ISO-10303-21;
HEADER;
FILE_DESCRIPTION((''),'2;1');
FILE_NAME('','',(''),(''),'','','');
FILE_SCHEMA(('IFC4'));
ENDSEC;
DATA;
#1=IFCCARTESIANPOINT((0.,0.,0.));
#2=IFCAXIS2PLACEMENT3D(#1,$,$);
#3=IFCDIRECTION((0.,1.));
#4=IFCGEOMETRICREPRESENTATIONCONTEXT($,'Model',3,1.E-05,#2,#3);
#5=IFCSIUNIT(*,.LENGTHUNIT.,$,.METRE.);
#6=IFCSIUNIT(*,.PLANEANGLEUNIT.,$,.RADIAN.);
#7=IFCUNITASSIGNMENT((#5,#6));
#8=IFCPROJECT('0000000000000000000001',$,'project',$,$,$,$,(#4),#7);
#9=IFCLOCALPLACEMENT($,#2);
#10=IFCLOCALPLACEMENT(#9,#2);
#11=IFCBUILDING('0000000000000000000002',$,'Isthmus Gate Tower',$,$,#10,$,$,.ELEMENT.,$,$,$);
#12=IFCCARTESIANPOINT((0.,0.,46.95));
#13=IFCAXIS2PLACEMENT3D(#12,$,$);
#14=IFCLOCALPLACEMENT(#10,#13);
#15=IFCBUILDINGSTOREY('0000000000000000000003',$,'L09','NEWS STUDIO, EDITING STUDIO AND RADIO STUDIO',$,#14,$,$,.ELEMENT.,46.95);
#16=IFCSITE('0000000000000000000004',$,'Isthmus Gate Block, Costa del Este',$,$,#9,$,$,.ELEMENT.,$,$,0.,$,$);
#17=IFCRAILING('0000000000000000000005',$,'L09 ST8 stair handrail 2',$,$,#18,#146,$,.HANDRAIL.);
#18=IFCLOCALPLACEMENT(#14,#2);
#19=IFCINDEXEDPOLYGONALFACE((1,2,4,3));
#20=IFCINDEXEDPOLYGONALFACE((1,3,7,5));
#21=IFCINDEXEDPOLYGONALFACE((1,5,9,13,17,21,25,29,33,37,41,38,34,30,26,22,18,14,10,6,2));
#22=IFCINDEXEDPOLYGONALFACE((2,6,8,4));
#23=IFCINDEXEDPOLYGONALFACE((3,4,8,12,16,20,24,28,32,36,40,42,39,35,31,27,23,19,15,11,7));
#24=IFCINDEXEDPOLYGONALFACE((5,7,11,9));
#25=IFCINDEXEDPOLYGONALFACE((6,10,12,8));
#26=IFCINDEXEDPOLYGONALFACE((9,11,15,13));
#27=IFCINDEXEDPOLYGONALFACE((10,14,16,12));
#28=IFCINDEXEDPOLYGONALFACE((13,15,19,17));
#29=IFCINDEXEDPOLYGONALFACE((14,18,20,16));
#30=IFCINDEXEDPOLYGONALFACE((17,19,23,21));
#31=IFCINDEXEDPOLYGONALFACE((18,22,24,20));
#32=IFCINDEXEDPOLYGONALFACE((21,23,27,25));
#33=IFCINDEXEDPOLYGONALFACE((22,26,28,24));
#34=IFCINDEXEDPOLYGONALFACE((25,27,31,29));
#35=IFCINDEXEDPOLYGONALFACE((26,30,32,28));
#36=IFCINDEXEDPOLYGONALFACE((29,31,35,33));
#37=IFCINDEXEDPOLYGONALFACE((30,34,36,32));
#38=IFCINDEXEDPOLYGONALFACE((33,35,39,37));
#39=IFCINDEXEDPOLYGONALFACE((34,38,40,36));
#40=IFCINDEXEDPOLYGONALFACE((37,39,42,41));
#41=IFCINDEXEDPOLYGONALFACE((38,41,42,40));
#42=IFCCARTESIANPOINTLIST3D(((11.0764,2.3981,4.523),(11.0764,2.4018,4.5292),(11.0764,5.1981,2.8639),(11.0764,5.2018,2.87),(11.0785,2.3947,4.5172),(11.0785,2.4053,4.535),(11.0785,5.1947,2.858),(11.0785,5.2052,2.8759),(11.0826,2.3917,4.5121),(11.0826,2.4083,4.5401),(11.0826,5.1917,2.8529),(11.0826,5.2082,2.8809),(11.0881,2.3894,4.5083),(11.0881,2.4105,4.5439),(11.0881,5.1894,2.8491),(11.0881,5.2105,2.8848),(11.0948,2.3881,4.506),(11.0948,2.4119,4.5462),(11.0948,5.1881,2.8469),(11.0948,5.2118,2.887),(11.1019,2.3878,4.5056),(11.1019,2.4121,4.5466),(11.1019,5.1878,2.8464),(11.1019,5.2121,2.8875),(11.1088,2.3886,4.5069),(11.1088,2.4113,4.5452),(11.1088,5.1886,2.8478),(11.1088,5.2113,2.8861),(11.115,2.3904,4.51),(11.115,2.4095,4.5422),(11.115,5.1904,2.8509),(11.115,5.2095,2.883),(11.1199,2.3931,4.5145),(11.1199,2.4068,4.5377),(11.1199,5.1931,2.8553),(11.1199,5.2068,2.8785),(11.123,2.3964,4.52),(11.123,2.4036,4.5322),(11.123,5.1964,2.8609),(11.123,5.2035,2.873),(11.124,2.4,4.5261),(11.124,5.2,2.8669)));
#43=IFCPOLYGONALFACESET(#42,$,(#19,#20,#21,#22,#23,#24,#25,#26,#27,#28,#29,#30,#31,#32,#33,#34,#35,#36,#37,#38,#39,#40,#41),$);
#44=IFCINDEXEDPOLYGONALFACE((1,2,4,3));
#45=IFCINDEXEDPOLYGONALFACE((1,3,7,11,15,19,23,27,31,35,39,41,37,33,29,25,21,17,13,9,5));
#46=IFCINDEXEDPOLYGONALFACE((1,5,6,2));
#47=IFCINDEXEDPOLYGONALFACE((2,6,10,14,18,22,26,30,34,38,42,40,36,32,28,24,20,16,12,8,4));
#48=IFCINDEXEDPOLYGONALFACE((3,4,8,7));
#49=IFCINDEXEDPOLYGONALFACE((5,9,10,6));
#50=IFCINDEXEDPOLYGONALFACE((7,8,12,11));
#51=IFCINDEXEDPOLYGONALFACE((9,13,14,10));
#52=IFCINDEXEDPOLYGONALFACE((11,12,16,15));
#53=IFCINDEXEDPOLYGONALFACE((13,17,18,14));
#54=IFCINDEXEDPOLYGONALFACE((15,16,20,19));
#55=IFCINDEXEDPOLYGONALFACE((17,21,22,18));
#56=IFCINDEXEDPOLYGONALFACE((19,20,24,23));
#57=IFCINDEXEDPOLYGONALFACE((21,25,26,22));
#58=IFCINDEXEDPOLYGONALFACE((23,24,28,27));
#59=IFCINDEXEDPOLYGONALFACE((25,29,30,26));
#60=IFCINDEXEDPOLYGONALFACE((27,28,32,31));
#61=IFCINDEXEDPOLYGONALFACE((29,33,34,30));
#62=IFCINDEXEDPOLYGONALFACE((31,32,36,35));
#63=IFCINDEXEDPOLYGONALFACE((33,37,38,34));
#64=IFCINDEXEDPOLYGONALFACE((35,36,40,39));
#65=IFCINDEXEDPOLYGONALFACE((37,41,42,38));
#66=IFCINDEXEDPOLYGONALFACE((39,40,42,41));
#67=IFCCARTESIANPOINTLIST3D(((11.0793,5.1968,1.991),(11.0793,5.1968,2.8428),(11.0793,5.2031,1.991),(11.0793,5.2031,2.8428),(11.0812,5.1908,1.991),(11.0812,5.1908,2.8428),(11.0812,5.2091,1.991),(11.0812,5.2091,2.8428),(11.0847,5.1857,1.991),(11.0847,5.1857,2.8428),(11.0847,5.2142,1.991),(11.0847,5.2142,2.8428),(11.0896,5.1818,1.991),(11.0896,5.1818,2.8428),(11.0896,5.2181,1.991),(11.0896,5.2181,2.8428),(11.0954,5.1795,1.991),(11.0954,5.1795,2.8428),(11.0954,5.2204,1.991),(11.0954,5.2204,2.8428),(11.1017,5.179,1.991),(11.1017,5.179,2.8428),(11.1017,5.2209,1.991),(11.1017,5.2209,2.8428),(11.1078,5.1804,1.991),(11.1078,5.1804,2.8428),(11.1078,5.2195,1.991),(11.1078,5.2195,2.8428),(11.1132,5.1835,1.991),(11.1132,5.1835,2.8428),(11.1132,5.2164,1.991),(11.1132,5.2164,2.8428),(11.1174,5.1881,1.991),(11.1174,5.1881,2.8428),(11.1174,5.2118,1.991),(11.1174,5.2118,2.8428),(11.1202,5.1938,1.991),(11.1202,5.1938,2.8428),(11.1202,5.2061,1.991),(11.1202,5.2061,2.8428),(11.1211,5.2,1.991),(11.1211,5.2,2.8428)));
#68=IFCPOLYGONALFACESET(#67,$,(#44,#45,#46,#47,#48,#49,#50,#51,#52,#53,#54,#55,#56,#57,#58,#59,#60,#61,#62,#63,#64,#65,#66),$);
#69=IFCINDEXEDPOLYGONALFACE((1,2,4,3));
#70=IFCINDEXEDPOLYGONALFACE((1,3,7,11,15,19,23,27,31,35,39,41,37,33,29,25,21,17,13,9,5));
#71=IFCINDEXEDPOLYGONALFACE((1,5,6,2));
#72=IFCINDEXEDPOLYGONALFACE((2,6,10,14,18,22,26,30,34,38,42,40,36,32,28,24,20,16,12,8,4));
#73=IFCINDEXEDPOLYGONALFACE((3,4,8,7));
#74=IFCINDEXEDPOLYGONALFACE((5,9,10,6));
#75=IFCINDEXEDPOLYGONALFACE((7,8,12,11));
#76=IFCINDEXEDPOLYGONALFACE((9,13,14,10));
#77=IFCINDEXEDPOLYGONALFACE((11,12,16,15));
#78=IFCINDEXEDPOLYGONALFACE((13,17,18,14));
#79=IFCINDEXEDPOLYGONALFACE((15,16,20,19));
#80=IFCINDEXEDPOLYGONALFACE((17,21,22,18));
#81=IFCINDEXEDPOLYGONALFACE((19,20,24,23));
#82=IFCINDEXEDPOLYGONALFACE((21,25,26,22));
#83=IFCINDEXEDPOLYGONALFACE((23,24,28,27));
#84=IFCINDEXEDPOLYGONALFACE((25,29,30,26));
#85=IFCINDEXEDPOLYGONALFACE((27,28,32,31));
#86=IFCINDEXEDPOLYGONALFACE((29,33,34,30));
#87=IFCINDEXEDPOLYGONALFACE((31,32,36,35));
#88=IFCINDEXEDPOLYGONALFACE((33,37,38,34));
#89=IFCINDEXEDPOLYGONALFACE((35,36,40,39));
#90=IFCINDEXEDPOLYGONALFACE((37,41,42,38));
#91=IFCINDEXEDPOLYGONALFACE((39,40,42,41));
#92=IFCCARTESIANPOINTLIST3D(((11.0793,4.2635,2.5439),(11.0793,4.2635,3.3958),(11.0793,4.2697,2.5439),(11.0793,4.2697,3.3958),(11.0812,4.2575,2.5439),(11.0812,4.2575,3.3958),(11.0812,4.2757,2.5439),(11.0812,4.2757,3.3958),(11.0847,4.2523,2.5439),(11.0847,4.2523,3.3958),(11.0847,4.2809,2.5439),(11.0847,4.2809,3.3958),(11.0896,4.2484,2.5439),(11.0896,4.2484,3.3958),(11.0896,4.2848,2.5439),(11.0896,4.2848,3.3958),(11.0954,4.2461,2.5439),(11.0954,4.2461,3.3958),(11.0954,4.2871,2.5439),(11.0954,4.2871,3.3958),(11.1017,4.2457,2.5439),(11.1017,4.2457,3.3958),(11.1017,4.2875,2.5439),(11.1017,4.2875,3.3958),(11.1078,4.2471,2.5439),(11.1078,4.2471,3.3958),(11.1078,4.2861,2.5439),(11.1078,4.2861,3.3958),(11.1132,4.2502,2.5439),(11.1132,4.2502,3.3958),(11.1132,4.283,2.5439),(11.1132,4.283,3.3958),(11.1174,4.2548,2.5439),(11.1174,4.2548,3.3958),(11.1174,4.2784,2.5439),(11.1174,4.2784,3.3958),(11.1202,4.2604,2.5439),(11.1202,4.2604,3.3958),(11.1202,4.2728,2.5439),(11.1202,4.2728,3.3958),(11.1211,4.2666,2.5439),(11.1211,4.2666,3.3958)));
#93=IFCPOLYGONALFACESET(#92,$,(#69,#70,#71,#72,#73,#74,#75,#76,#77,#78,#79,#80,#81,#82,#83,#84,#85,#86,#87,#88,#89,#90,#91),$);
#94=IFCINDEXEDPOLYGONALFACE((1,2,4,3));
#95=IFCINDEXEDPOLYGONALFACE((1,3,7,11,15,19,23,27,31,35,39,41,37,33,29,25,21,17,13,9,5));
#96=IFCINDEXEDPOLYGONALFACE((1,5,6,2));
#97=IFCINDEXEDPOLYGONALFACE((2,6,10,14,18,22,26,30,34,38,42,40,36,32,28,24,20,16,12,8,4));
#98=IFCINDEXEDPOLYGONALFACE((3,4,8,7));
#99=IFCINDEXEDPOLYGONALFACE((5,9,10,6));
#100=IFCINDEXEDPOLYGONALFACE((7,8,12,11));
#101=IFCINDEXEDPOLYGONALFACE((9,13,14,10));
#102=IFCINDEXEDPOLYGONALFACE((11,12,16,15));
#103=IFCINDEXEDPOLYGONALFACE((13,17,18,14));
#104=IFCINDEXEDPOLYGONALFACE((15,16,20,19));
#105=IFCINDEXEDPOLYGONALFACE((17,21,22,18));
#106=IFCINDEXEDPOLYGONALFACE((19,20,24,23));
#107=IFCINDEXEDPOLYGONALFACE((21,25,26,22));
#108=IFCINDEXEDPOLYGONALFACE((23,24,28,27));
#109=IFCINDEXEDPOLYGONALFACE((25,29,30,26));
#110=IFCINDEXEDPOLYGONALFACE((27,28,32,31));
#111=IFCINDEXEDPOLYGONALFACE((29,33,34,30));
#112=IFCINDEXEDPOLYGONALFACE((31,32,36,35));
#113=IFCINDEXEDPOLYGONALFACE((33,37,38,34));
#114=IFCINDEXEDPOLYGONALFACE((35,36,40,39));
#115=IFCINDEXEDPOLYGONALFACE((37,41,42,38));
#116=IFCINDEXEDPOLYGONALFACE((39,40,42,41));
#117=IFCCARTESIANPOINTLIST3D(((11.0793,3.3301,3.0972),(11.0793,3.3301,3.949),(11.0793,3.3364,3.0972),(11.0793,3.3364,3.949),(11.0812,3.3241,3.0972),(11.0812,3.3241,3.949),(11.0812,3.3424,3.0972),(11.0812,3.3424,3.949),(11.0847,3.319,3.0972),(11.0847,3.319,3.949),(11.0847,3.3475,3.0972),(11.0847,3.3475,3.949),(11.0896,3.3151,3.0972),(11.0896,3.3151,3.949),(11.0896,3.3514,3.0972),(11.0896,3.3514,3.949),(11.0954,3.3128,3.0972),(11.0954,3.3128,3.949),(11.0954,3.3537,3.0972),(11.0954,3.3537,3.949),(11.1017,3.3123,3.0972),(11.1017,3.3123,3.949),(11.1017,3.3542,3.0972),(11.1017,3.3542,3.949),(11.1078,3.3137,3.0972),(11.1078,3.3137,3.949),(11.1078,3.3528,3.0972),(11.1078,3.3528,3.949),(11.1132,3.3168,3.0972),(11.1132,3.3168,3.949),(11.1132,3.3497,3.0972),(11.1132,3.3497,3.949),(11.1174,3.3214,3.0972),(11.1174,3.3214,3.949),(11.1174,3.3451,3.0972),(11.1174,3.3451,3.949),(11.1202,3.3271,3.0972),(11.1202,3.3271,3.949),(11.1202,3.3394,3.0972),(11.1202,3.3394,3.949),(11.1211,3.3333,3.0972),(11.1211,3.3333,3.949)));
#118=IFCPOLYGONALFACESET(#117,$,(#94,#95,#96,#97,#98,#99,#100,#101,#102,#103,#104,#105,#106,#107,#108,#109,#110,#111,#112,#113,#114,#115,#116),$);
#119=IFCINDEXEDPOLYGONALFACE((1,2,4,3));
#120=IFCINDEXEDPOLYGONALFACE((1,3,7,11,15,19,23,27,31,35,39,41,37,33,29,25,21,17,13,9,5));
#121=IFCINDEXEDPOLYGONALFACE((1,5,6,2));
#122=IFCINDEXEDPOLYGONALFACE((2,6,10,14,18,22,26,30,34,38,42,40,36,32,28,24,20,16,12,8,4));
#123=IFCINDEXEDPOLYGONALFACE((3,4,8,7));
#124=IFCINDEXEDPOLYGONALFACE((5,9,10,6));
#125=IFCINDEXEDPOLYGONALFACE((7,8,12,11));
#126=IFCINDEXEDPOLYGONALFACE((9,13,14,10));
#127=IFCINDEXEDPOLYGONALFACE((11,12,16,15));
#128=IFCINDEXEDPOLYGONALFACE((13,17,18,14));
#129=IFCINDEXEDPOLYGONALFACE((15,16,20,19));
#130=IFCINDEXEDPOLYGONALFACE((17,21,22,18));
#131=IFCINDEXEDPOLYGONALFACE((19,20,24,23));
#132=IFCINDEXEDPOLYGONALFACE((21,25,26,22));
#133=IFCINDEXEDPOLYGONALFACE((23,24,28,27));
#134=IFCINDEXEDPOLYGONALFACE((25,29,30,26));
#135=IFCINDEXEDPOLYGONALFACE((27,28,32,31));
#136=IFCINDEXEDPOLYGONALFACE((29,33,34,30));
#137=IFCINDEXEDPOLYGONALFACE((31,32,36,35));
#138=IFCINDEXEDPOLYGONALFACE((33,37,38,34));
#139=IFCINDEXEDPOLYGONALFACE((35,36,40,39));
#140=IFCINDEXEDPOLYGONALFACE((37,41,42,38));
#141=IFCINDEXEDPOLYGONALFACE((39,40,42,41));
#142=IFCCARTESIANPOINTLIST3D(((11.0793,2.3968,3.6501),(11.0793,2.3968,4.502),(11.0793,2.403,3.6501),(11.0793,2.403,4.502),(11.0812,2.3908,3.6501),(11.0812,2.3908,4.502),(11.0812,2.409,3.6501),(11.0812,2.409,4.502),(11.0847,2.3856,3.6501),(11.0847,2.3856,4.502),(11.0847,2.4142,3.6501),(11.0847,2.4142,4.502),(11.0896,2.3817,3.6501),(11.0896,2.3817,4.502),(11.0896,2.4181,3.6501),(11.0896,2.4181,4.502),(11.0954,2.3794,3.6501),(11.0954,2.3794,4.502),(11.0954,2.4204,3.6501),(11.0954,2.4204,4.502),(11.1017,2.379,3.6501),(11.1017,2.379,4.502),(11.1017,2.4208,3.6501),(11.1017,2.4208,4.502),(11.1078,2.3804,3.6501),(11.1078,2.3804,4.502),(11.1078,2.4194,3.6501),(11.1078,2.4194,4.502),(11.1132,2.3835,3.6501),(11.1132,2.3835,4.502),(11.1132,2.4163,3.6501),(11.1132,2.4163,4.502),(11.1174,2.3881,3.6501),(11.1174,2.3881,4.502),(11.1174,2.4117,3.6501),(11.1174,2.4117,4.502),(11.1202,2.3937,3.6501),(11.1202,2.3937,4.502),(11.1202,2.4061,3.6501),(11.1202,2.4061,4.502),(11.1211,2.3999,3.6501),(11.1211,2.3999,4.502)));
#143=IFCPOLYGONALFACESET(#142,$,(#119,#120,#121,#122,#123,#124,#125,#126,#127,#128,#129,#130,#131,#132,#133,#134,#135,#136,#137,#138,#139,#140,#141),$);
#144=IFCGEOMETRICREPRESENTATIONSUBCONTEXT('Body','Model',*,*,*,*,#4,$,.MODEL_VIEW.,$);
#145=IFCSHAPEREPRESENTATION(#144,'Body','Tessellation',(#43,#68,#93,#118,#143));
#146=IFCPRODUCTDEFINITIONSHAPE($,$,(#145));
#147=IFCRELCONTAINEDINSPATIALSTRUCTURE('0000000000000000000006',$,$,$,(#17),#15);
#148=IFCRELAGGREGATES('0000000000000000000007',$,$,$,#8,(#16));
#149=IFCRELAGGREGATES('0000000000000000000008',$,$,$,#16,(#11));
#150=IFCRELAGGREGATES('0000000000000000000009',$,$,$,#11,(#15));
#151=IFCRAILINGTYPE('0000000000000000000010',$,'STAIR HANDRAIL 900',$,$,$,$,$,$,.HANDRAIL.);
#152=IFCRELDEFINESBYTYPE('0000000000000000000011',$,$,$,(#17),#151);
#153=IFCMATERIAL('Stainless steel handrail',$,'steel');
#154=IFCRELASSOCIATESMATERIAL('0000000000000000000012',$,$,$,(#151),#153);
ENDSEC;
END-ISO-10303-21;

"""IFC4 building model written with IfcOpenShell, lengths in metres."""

from ifc_helpers import new_model, si_unit, direction, frame, origin, origin_2d, place, context, subcontext, project, spatial, circle, extrude, material, type_object, element, save


model = new_model("IFC4")

# Units and contexts
model_context = context("Model", 3, precision=1e-05, world=origin(), true_north=direction((0.0, 1.0)))
body_context = subcontext(model_context, "Body", "Model", "MODEL_VIEW")
ifc_project = project(units=[si_unit("LENGTHUNIT", "METRE"), si_unit("PLANEANGLEUNIT", "RADIAN")], contexts=[model_context])

# Site, building, storey
site_placement = place(None, origin())
site = spatial("IfcSite", under=ifc_project, at=site_placement, Name="Isthmus Gate Block, Costa del Este", CompositionType="ELEMENT", RefElevation=0.0)
building_placement = place(site_placement, origin())
building = spatial("IfcBuilding", under=site, at=building_placement, Name="Isthmus Gate Tower", CompositionType="ELEMENT")
storey_placement = place(building_placement, frame((0.0, 0.0, 46.95)))
storey = spatial("IfcBuildingStorey", under=building, at=storey_placement, Name="L09", Description="NEWS STUDIO, EDITING STUDIO AND RADIO STUDIO", CompositionType="ELEMENT", Elevation=46.95)

# Railing
ifc_material_1 = material(Name="Stainless steel handrail", Category="steel")
railing_type_1 = type_object("IfcRailingType", Name="STAIR HANDRAIL 900", PredefinedType="HANDRAIL", material=ifc_material_1)
railing_1_placement = place(storey_placement, frame((11.1001, 5.2, 1.991)))
element("IfcRailing", 1, at=railing_1_placement, inside=storey, type_object=railing_type_1, Name="L09 ST8 stair handrail 2", PredefinedType="HANDRAIL", context=body_context, shape_type="SweptSolid", body=[
    extrude(circle(Radius=0.0239, at=origin_2d()), frame((0.0, 0.0, 0.876), z_axis=(0.0, -0.860306, 0.509778), x_axis=(1.0, 0.0, 0.0)), (0.0, 0.0, 1.0), 3.2546),
    extrude(circle(Radius=0.021, at=origin_2d()), origin(), (0.0, 0.0, 1.0), 0.8518),
    extrude(circle(Radius=0.021, at=origin_2d()), frame((0.0, -0.9333, 0.553)), (0.0, 0.0, 1.0), 0.8518),
    extrude(circle(Radius=0.021, at=origin_2d()), frame((0.0, -1.8667, 1.1062)), (0.0, 0.0, 1.0), 0.8518),
    extrude(circle(Radius=0.021, at=origin_2d()), frame((0.0, -2.8, 1.6592)), (0.0, 0.0, 1.0), 0.8518),
])

save(model, "model.ifc")
